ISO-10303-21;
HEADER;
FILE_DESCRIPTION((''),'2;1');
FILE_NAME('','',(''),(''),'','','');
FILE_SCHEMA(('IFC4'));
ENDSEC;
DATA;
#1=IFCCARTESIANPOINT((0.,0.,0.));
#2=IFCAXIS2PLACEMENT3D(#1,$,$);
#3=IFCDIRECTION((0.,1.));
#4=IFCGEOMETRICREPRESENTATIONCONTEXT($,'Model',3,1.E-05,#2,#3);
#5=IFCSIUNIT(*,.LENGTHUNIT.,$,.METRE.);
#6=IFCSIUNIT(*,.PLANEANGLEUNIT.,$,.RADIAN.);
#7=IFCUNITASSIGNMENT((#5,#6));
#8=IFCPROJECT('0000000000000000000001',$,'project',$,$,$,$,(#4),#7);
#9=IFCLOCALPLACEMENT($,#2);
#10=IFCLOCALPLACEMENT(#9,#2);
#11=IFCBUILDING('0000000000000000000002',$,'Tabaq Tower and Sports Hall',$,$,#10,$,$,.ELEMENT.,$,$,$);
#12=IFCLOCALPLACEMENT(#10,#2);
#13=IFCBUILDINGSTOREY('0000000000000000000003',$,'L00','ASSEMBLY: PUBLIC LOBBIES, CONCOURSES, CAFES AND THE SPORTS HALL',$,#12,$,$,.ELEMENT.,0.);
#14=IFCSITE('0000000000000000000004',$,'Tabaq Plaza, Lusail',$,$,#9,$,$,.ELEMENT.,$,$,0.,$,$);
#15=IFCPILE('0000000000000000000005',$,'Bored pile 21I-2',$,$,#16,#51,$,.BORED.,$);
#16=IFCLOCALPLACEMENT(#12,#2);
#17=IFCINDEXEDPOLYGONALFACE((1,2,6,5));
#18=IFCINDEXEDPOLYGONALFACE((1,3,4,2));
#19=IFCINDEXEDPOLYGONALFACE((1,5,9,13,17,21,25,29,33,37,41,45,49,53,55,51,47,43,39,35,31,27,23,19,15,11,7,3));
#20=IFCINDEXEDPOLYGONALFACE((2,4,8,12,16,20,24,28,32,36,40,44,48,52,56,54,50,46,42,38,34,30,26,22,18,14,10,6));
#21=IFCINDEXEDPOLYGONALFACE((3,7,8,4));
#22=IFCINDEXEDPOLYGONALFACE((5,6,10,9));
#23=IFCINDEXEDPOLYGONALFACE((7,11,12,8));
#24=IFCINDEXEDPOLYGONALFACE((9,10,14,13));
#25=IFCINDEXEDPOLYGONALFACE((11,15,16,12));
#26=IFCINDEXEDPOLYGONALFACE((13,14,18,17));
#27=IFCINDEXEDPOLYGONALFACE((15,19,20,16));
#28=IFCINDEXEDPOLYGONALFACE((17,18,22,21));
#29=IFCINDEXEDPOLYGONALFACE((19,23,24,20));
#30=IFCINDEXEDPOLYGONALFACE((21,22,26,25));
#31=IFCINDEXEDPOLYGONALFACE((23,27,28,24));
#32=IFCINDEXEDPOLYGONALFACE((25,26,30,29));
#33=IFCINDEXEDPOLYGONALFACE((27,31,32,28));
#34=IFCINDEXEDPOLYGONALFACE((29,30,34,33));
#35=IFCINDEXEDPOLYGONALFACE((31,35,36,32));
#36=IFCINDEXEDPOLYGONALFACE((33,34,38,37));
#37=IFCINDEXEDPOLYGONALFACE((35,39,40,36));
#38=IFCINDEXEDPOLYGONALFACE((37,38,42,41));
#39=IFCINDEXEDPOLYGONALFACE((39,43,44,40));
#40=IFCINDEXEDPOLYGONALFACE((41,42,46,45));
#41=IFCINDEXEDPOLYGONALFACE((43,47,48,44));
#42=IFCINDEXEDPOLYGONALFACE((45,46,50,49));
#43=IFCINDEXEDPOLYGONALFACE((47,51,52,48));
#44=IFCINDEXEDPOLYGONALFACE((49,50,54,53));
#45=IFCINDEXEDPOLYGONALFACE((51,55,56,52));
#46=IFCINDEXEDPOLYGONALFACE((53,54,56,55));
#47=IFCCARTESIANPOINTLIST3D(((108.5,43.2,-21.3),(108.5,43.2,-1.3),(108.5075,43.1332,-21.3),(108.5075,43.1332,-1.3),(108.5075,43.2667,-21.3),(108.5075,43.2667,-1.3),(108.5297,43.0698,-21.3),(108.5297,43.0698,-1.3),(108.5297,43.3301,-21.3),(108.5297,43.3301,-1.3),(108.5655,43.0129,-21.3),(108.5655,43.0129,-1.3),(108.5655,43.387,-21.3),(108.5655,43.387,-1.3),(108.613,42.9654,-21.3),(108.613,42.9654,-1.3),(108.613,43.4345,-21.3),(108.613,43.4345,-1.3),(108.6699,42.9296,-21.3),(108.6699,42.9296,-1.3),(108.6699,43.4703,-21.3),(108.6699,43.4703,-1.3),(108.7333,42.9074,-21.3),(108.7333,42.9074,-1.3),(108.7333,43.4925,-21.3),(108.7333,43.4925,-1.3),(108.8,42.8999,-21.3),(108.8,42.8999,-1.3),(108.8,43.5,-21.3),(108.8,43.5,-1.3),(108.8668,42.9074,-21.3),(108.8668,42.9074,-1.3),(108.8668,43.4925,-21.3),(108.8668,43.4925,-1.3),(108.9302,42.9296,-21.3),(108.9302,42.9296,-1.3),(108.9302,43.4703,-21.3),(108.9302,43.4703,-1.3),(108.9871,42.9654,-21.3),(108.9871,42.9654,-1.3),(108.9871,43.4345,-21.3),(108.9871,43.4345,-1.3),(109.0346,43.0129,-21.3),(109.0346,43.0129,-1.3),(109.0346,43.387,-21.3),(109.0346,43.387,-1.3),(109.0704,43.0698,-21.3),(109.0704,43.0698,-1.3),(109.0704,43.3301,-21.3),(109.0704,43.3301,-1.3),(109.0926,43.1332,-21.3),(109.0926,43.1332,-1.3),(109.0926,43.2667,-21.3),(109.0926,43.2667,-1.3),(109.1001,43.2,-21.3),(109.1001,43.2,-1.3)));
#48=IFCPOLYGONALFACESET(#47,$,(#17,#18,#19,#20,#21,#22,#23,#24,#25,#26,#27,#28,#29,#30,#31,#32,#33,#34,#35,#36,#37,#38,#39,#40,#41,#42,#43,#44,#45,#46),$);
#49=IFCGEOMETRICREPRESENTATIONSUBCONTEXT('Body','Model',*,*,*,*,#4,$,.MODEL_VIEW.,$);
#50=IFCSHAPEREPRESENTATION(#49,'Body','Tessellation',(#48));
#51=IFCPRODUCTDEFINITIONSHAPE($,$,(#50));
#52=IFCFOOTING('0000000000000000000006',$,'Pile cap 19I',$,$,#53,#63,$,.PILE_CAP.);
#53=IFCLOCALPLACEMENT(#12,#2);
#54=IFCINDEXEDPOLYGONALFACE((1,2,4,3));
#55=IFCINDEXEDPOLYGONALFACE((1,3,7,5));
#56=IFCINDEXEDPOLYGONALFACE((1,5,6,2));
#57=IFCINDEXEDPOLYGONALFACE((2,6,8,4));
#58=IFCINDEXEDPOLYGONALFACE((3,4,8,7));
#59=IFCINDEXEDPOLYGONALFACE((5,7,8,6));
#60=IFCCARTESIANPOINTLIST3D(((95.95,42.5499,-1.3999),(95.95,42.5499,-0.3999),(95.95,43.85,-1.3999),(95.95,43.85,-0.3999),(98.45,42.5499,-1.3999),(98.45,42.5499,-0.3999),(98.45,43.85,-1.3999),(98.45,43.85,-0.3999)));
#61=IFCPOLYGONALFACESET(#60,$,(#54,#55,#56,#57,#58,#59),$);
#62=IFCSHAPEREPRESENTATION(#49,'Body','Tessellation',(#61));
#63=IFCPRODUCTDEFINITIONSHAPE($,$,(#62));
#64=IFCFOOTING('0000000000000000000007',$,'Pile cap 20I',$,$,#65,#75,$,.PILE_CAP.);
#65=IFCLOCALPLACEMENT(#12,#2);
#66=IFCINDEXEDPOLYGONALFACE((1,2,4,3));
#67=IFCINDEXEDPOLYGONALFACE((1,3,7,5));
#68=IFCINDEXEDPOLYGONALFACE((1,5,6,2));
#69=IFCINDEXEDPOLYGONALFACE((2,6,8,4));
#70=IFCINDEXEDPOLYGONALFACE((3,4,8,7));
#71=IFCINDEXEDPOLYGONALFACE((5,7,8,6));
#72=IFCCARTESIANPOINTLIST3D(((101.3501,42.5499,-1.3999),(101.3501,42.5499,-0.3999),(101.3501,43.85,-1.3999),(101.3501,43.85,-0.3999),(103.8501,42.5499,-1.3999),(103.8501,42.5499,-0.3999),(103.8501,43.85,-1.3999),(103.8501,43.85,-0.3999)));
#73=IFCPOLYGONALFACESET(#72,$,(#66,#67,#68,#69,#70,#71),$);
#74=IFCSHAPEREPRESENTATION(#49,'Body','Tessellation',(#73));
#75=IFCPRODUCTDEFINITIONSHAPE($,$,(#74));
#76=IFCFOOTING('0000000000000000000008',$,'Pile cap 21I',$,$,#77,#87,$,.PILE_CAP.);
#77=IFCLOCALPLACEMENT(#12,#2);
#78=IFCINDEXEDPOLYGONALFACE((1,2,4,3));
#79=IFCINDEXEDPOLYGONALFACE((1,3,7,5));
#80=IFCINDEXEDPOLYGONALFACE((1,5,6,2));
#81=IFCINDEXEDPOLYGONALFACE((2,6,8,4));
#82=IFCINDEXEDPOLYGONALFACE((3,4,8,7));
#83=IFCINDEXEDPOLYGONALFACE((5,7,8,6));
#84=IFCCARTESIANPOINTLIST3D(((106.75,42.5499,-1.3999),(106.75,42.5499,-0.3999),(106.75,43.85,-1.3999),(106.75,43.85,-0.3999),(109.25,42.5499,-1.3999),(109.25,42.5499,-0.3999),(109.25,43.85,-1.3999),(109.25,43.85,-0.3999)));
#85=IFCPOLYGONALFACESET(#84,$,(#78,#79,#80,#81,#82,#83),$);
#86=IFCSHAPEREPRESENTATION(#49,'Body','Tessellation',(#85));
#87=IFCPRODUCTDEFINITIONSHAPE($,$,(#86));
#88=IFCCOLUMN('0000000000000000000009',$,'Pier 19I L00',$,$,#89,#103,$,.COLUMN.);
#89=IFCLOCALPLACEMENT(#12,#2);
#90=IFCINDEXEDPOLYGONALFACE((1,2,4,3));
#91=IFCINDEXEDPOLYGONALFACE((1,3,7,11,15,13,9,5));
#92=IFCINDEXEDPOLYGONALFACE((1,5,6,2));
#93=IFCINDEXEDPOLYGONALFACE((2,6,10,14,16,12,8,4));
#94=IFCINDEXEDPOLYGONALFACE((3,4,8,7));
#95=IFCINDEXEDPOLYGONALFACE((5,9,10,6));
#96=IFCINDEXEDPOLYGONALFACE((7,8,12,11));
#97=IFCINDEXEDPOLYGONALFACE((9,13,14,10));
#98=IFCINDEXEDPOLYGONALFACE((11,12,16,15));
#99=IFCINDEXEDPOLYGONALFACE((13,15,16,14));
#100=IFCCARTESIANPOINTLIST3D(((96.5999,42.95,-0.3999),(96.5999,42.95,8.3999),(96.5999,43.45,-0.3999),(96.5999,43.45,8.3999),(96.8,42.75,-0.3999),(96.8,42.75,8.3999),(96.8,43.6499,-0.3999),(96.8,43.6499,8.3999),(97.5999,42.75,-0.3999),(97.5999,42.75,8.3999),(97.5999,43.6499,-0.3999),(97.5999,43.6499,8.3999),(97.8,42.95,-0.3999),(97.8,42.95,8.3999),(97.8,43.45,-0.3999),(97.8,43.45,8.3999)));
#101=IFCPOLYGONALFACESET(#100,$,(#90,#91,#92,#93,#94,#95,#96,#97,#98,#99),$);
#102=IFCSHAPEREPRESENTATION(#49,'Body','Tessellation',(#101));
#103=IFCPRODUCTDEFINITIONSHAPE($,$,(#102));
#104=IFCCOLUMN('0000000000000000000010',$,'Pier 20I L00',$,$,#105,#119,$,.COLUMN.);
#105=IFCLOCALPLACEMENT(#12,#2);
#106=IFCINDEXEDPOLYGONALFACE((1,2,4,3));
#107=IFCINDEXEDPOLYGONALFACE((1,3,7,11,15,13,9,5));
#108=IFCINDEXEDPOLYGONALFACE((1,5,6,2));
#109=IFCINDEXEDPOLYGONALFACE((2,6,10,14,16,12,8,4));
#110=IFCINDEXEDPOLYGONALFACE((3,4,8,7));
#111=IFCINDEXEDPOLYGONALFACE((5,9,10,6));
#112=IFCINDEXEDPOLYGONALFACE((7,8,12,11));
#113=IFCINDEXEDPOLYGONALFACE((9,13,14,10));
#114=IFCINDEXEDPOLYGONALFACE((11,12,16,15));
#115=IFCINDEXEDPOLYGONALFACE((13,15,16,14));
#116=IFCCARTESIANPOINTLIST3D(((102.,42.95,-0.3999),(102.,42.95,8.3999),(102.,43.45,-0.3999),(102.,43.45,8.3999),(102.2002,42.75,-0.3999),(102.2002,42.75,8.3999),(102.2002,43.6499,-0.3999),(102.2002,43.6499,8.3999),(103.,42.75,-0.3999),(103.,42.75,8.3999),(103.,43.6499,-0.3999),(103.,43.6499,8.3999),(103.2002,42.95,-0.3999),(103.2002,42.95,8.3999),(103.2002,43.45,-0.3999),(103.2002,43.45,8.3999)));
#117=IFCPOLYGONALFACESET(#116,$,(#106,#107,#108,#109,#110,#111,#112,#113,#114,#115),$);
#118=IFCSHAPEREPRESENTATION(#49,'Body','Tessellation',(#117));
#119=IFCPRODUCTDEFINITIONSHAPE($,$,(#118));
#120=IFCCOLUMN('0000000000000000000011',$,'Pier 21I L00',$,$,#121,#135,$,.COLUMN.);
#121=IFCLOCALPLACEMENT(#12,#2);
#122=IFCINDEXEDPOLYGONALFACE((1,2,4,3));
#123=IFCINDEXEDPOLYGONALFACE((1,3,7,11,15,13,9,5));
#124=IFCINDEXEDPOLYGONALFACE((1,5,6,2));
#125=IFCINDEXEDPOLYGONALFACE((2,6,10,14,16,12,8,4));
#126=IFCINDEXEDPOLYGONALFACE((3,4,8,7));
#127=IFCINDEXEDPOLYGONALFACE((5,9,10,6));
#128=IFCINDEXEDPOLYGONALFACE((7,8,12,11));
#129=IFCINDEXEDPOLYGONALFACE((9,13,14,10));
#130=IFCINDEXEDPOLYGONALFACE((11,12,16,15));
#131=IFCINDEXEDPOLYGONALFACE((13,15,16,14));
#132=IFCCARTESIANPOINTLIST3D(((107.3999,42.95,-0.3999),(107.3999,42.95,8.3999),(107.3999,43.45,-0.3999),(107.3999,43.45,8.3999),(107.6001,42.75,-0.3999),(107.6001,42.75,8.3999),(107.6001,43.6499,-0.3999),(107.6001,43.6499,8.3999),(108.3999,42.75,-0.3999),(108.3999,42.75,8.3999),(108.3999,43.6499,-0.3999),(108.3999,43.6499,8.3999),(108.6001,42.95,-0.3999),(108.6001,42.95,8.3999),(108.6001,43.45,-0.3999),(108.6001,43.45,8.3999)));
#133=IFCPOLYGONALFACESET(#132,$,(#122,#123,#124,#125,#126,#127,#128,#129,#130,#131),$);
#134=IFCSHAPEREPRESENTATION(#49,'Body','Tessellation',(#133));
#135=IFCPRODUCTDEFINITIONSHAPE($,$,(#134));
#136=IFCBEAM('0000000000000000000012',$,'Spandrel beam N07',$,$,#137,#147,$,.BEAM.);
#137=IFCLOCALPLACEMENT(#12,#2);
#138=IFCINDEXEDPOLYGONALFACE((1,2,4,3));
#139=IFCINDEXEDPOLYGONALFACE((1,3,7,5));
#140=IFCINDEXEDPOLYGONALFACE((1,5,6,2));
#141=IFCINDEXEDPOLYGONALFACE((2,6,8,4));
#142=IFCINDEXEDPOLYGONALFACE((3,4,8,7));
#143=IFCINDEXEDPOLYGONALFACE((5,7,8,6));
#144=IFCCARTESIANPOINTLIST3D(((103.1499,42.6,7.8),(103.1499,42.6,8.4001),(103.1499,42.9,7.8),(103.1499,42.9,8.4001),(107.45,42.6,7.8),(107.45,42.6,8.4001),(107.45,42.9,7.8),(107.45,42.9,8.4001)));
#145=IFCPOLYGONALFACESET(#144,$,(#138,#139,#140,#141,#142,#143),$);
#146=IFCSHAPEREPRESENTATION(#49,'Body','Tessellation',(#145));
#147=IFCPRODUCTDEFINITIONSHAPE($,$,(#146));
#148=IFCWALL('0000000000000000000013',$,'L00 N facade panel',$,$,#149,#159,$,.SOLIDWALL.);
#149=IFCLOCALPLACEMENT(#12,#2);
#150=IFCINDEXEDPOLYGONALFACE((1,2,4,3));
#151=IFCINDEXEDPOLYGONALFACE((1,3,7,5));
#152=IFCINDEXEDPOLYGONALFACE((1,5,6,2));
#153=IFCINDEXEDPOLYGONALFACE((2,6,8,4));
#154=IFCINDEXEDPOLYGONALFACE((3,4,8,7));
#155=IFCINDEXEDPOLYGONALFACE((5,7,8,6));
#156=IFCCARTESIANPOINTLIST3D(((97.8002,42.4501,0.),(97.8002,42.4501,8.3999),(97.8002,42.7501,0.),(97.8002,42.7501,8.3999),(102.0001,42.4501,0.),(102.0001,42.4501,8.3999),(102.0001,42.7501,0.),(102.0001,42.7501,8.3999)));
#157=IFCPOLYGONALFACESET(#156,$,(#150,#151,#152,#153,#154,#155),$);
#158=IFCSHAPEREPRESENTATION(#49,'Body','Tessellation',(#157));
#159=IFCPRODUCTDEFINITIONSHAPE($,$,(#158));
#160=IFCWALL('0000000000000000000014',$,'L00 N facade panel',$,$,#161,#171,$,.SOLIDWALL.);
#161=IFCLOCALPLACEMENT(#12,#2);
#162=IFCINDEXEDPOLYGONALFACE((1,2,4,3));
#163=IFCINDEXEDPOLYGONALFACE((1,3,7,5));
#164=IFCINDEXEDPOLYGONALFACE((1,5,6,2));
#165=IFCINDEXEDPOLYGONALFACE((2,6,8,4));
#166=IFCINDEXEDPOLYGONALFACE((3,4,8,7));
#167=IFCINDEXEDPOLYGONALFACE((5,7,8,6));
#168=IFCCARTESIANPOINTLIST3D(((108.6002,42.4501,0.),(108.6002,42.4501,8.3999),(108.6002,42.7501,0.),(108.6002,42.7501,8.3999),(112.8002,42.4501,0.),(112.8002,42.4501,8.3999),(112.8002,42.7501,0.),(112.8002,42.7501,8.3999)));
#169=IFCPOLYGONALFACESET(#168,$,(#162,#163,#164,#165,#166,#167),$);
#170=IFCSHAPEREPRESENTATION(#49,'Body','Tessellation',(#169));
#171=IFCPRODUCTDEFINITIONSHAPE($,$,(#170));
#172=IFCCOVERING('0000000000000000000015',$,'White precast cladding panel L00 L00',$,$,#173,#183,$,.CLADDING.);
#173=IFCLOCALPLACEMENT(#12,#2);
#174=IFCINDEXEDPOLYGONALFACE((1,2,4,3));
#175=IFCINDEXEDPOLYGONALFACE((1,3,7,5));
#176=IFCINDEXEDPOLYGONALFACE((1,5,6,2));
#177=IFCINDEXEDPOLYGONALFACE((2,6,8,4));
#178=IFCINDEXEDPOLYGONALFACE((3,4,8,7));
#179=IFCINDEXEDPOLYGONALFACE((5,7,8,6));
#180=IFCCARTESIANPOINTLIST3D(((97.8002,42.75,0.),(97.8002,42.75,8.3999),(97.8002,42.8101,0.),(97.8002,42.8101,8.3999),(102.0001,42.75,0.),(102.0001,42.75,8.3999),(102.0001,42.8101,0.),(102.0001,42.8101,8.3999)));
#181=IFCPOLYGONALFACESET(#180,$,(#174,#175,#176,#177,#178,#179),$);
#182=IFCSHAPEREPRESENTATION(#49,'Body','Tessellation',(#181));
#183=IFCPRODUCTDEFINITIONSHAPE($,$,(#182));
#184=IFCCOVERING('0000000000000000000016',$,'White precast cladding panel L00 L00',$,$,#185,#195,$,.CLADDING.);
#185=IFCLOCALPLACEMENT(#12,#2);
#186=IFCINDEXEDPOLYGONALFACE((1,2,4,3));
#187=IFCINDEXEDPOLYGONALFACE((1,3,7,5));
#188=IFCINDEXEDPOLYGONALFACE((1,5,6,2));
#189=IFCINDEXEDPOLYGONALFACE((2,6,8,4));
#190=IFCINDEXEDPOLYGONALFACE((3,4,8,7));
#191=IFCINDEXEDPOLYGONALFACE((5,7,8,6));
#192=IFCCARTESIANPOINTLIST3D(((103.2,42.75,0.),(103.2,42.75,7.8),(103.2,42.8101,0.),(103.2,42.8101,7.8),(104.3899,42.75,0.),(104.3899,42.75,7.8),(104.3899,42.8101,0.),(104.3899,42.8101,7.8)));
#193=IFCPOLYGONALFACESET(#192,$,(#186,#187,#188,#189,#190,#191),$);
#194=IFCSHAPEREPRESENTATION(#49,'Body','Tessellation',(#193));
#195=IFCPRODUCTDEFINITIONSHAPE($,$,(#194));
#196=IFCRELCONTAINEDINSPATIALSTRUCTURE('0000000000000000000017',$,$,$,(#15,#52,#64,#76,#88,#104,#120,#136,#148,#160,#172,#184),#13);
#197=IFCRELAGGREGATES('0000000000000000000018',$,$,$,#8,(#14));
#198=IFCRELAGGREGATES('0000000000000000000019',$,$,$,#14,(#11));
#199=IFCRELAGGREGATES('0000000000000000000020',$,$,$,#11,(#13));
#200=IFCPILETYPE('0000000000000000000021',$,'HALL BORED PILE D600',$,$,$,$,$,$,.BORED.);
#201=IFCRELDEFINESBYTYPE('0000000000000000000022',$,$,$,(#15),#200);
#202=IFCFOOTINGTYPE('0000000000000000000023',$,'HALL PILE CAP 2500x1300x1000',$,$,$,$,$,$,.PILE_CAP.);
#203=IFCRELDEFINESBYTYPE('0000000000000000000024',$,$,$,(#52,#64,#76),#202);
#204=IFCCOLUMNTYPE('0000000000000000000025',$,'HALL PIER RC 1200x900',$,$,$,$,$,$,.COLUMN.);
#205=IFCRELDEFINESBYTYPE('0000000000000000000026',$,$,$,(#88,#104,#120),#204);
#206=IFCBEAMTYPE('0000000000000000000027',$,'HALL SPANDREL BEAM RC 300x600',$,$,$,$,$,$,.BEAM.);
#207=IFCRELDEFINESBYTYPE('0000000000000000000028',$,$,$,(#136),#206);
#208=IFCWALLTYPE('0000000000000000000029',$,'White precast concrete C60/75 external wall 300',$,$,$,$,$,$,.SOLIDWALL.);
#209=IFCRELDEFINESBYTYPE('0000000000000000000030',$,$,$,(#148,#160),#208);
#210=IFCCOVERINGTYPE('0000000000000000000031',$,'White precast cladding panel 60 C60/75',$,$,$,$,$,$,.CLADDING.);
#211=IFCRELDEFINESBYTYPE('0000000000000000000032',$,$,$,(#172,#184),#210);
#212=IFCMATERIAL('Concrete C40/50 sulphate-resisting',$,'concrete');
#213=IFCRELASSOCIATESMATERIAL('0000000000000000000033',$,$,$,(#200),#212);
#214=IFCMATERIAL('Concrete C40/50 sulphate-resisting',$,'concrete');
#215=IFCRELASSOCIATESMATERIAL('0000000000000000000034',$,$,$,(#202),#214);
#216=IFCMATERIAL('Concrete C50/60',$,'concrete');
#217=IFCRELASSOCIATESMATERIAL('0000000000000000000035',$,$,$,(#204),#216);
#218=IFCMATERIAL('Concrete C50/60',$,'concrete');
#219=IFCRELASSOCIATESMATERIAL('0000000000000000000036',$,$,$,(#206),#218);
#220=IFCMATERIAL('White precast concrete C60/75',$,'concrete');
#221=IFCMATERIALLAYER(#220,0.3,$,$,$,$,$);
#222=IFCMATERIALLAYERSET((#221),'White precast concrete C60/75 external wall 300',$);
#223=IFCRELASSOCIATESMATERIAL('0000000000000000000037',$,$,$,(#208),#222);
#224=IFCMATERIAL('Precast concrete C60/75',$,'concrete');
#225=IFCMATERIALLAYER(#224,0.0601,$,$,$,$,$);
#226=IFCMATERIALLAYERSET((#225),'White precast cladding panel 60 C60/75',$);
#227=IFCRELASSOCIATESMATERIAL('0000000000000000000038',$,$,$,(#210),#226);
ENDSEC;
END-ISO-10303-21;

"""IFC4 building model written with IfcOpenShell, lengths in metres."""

from ifc_helpers import new_model, si_unit, direction, frame, frame_2d, origin, origin_2d, place, context, subcontext, project, spatial, polyline, rectangle, circle, outline, extrude, material, layer, layer_set, material_profile, profile_set, type_object, element, save


model = new_model("IFC4")

# Units and contexts
model_context = context("Model", 3, precision=1e-05, world=origin(), true_north=direction((0.0, 1.0)))
body_context = subcontext(model_context, "Body", "Model", "MODEL_VIEW")
ifc_project = project(units=[si_unit("LENGTHUNIT", "METRE"), si_unit("PLANEANGLEUNIT", "RADIAN")], contexts=[model_context])

# Site, building, storey
site_placement = place(None, origin())
site = spatial("IfcSite", under=ifc_project, at=site_placement, Name="Tabaq Plaza, Lusail", CompositionType="ELEMENT", RefElevation=0.0)
building_placement = place(site_placement, origin())
building = spatial("IfcBuilding", under=site, at=building_placement, Name="Tabaq Tower and Sports Hall", CompositionType="ELEMENT")
storey_placement = place(building_placement, origin())
storey = spatial("IfcBuildingStorey", under=building, at=storey_placement, Name="L00", Description="ASSEMBLY: PUBLIC LOBBIES, CONCOURSES, CAFES AND THE SPORTS HALL", CompositionType="ELEMENT", Elevation=0.0)

# Pile
ifc_material_1 = material(Name="Concrete C40/50 sulphate-resisting", Category="concrete")
ifc_material_profile_1 = material_profile(ifc_material_1, circle(Radius=0.3, at=origin_2d()), Name="D600")
ifc_profile_set_1 = profile_set([ifc_material_profile_1], Name="Concrete C40/50 sulphate-resisting")
pile_type = type_object("IfcPileType", Name="HALL BORED PILE D600", PredefinedType="BORED", material=ifc_profile_set_1)
for number, where, z_axis, x_axis, name in (
    (1, (108.8, 43.2, -1.3), (0.0, 0.0, -1.0), (1.0, 0.0, 0.0), "Bored pile 21I-2"),
):
    element("IfcPile", number, at=place(storey_placement, frame(where, z_axis=z_axis, x_axis=x_axis)), inside=storey, type_object=pile_type, Name=name, PredefinedType="BORED", context=body_context, shape_type="SweptSolid", body=[
        extrude(circle(Radius=0.3, at=origin_2d()), origin(), (0.0, 0.0, 1.0), 20.0),
    ])

# Footings
ifc_material_2 = material(Name="Concrete C40/50 sulphate-resisting", Category="concrete")
footing_type = type_object("IfcFootingType", Name="HALL PILE CAP 2500x1300x1000", PredefinedType="PILE_CAP", material=ifc_material_2)
for number, where, z_axis, x_axis, name in (
    (2, (97.2, 43.2, -1.3999), (0.0, 0.0, 1.0), (1.0, 0.0, 0.0), "Pile cap 19I"),
    (3, (102.6001, 43.2, -1.3999), (0.0, 0.0, 1.0), (1.0, 0.0, 0.0), "Pile cap 20I"),
    (4, (108.0, 43.2, -1.3999), (0.0, 0.0, 1.0), (1.0, 0.0, 0.0), "Pile cap 21I"),
):
    element("IfcFooting", number, at=place(storey_placement, frame(where, z_axis=z_axis, x_axis=x_axis)), inside=storey, type_object=footing_type, Name=name, PredefinedType="PILE_CAP", context=body_context, shape_type="SweptSolid", body=[
        extrude(rectangle(XDim=2.5, YDim=1.3, at=origin_2d()), origin(), (0.0, 0.0, 1.0), 1.0),
    ])

# Columns
ifc_material_3 = material(Name="Concrete C50/60", Category="concrete")
ifc_material_profile_2 = material_profile(ifc_material_3, outline(polyline([(-0.3999, -0.45), (0.3999, -0.45), (0.6001, -0.25), (0.6001, 0.25), (0.3999, 0.45), (-0.3999, 0.45), (-0.6001, 0.25), (-0.6001, -0.25), (-0.3999, -0.45)])), Name="PIER 1200x900")
ifc_profile_set_2 = profile_set([ifc_material_profile_2], Name="Concrete C50/60")
column_type = type_object("IfcColumnType", Name="HALL PIER RC 1200x900", PredefinedType="COLUMN", material=ifc_profile_set_2)
for number, where, z_axis, x_axis, name in (
    (5, (97.2, 43.2, -0.3999), (0.0, 0.0, 1.0), (1.0, 0.0, 0.0), "Pier 19I L00"),
    (6, (102.6001, 43.2, -0.3999), (0.0, 0.0, 1.0), (1.0, 0.0, 0.0), "Pier 20I L00"),
    (7, (108.0, 43.2, -0.3999), (0.0, 0.0, 1.0), (1.0, 0.0, 0.0), "Pier 21I L00"),
):
    element("IfcColumn", number, at=place(storey_placement, frame(where, z_axis=z_axis, x_axis=x_axis)), inside=storey, type_object=column_type, Name=name, PredefinedType="COLUMN", context=body_context, shape_type="SweptSolid", body=[
        extrude(outline(polyline([(-0.3999, -0.45), (0.3999, -0.45), (0.6001, -0.25), (0.6001, 0.25), (0.3999, 0.45), (-0.3999, 0.45), (-0.6001, 0.25), (-0.6001, -0.25), (-0.3999, -0.45)])), origin(), (0.0, 0.0, 1.0), 8.7998),
    ])

# Beam
ifc_material_4 = material(Name="Concrete C50/60", Category="concrete")
ifc_material_profile_3 = material_profile(ifc_material_4, rectangle(XDim=0.3, YDim=0.6001, at=origin_2d()), Name="RC 300x600")
ifc_profile_set_3 = profile_set([ifc_material_profile_3], Name="Concrete C50/60")
beam_type = type_object("IfcBeamType", Name="HALL SPANDREL BEAM RC 300x600", PredefinedType="BEAM", material=ifc_profile_set_3)
beam_placement = place(storey_placement, frame((103.1499, 42.75, 8.1001), z_axis=(1.0, 0.0, 0.0), x_axis=(0.0, 1.0, 0.0)))
element("IfcBeam", 8, at=beam_placement, inside=storey, type_object=beam_type, Name="Spandrel beam N07", PredefinedType="BEAM", context=body_context, shape_type="SweptSolid", body=[
    extrude(rectangle(XDim=0.3, YDim=0.6001, at=origin_2d()), origin(), (0.0, 0.0, 1.0), 4.3),
])

# Wall
ifc_material_5 = material(Name="White precast concrete C60/75", Category="concrete")
ifc_layer_1 = layer(ifc_material_5, 0.3)
ifc_layer_set_1 = layer_set([ifc_layer_1], Name="White precast concrete C60/75 external wall 300")
wall_type = type_object("IfcWallType", Name="White precast concrete C60/75 external wall 300", PredefinedType="SOLIDWALL", material=ifc_layer_set_1)
wall_1_placement = place(storey_placement, frame((97.8, 42.6001, 0.0), z_axis=(0.0, 0.0, 1.0), x_axis=(1.0, 0.0, 0.0)))
element("IfcWall", 9, at=wall_1_placement, inside=storey, type_object=wall_type, Name="L00 N facade panel", PredefinedType="SOLIDWALL", context=body_context, shape_type="SweptSolid", body=[
    extrude(rectangle(XDim=4.2, YDim=0.3, at=frame_2d((2.1001, 0.0))), origin(), (0.0, 0.0, 1.0), 8.3999),
])

# Wall
wall_2_placement = place(storey_placement, frame((108.6001, 42.6001, 0.0), z_axis=(0.0, 0.0, 1.0), x_axis=(1.0, 0.0, 0.0)))
element("IfcWall", 10, at=wall_2_placement, inside=storey, type_object=wall_type, Name="L00 N facade panel", PredefinedType="SOLIDWALL", context=body_context, shape_type="SweptSolid", body=[
    extrude(rectangle(XDim=4.2, YDim=0.3, at=frame_2d((2.1001, 0.0))), origin(), (0.0, 0.0, 1.0), 8.3999),
])

# Coverings
ifc_material_6 = material(Name="Precast concrete C60/75", Category="concrete")
ifc_layer_2 = layer(ifc_material_6, 0.0601)
ifc_layer_set_2 = layer_set([ifc_layer_2], Name="White precast cladding panel 60 C60/75")
covering_type = type_object("IfcCoveringType", Name="White precast cladding panel 60 C60/75", PredefinedType="CLADDING", material=ifc_layer_set_2)
covering_1_placement = place(storey_placement, frame((97.8, 42.78, 0.0), z_axis=(0.0, 0.0, 1.0), x_axis=(1.0, 0.0, 0.0)))
element("IfcCovering", 11, at=covering_1_placement, inside=storey, type_object=covering_type, Name="White precast cladding panel L00 L00", PredefinedType="CLADDING", context=body_context, shape_type="SweptSolid", body=[
    extrude(rectangle(XDim=4.2, YDim=0.0601, at=frame_2d((2.1001, 0.0))), origin(), (0.0, 0.0, 1.0), 8.3999),
])
covering_2_placement = place(storey_placement, frame((103.2, 42.78, 0.0), z_axis=(0.0, 0.0, 1.0), x_axis=(1.0, 0.0, 0.0)))
element("IfcCovering", 12, at=covering_2_placement, inside=storey, type_object=covering_type, Name="White precast cladding panel L00 L00", PredefinedType="CLADDING", context=body_context, shape_type="SweptSolid", body=[
    extrude(rectangle(XDim=1.1899, YDim=0.0601, at=frame_2d((0.595, 0.0))), origin(), (0.0, 0.0, 1.0), 7.8),
])

save(model, "model.ifc")
